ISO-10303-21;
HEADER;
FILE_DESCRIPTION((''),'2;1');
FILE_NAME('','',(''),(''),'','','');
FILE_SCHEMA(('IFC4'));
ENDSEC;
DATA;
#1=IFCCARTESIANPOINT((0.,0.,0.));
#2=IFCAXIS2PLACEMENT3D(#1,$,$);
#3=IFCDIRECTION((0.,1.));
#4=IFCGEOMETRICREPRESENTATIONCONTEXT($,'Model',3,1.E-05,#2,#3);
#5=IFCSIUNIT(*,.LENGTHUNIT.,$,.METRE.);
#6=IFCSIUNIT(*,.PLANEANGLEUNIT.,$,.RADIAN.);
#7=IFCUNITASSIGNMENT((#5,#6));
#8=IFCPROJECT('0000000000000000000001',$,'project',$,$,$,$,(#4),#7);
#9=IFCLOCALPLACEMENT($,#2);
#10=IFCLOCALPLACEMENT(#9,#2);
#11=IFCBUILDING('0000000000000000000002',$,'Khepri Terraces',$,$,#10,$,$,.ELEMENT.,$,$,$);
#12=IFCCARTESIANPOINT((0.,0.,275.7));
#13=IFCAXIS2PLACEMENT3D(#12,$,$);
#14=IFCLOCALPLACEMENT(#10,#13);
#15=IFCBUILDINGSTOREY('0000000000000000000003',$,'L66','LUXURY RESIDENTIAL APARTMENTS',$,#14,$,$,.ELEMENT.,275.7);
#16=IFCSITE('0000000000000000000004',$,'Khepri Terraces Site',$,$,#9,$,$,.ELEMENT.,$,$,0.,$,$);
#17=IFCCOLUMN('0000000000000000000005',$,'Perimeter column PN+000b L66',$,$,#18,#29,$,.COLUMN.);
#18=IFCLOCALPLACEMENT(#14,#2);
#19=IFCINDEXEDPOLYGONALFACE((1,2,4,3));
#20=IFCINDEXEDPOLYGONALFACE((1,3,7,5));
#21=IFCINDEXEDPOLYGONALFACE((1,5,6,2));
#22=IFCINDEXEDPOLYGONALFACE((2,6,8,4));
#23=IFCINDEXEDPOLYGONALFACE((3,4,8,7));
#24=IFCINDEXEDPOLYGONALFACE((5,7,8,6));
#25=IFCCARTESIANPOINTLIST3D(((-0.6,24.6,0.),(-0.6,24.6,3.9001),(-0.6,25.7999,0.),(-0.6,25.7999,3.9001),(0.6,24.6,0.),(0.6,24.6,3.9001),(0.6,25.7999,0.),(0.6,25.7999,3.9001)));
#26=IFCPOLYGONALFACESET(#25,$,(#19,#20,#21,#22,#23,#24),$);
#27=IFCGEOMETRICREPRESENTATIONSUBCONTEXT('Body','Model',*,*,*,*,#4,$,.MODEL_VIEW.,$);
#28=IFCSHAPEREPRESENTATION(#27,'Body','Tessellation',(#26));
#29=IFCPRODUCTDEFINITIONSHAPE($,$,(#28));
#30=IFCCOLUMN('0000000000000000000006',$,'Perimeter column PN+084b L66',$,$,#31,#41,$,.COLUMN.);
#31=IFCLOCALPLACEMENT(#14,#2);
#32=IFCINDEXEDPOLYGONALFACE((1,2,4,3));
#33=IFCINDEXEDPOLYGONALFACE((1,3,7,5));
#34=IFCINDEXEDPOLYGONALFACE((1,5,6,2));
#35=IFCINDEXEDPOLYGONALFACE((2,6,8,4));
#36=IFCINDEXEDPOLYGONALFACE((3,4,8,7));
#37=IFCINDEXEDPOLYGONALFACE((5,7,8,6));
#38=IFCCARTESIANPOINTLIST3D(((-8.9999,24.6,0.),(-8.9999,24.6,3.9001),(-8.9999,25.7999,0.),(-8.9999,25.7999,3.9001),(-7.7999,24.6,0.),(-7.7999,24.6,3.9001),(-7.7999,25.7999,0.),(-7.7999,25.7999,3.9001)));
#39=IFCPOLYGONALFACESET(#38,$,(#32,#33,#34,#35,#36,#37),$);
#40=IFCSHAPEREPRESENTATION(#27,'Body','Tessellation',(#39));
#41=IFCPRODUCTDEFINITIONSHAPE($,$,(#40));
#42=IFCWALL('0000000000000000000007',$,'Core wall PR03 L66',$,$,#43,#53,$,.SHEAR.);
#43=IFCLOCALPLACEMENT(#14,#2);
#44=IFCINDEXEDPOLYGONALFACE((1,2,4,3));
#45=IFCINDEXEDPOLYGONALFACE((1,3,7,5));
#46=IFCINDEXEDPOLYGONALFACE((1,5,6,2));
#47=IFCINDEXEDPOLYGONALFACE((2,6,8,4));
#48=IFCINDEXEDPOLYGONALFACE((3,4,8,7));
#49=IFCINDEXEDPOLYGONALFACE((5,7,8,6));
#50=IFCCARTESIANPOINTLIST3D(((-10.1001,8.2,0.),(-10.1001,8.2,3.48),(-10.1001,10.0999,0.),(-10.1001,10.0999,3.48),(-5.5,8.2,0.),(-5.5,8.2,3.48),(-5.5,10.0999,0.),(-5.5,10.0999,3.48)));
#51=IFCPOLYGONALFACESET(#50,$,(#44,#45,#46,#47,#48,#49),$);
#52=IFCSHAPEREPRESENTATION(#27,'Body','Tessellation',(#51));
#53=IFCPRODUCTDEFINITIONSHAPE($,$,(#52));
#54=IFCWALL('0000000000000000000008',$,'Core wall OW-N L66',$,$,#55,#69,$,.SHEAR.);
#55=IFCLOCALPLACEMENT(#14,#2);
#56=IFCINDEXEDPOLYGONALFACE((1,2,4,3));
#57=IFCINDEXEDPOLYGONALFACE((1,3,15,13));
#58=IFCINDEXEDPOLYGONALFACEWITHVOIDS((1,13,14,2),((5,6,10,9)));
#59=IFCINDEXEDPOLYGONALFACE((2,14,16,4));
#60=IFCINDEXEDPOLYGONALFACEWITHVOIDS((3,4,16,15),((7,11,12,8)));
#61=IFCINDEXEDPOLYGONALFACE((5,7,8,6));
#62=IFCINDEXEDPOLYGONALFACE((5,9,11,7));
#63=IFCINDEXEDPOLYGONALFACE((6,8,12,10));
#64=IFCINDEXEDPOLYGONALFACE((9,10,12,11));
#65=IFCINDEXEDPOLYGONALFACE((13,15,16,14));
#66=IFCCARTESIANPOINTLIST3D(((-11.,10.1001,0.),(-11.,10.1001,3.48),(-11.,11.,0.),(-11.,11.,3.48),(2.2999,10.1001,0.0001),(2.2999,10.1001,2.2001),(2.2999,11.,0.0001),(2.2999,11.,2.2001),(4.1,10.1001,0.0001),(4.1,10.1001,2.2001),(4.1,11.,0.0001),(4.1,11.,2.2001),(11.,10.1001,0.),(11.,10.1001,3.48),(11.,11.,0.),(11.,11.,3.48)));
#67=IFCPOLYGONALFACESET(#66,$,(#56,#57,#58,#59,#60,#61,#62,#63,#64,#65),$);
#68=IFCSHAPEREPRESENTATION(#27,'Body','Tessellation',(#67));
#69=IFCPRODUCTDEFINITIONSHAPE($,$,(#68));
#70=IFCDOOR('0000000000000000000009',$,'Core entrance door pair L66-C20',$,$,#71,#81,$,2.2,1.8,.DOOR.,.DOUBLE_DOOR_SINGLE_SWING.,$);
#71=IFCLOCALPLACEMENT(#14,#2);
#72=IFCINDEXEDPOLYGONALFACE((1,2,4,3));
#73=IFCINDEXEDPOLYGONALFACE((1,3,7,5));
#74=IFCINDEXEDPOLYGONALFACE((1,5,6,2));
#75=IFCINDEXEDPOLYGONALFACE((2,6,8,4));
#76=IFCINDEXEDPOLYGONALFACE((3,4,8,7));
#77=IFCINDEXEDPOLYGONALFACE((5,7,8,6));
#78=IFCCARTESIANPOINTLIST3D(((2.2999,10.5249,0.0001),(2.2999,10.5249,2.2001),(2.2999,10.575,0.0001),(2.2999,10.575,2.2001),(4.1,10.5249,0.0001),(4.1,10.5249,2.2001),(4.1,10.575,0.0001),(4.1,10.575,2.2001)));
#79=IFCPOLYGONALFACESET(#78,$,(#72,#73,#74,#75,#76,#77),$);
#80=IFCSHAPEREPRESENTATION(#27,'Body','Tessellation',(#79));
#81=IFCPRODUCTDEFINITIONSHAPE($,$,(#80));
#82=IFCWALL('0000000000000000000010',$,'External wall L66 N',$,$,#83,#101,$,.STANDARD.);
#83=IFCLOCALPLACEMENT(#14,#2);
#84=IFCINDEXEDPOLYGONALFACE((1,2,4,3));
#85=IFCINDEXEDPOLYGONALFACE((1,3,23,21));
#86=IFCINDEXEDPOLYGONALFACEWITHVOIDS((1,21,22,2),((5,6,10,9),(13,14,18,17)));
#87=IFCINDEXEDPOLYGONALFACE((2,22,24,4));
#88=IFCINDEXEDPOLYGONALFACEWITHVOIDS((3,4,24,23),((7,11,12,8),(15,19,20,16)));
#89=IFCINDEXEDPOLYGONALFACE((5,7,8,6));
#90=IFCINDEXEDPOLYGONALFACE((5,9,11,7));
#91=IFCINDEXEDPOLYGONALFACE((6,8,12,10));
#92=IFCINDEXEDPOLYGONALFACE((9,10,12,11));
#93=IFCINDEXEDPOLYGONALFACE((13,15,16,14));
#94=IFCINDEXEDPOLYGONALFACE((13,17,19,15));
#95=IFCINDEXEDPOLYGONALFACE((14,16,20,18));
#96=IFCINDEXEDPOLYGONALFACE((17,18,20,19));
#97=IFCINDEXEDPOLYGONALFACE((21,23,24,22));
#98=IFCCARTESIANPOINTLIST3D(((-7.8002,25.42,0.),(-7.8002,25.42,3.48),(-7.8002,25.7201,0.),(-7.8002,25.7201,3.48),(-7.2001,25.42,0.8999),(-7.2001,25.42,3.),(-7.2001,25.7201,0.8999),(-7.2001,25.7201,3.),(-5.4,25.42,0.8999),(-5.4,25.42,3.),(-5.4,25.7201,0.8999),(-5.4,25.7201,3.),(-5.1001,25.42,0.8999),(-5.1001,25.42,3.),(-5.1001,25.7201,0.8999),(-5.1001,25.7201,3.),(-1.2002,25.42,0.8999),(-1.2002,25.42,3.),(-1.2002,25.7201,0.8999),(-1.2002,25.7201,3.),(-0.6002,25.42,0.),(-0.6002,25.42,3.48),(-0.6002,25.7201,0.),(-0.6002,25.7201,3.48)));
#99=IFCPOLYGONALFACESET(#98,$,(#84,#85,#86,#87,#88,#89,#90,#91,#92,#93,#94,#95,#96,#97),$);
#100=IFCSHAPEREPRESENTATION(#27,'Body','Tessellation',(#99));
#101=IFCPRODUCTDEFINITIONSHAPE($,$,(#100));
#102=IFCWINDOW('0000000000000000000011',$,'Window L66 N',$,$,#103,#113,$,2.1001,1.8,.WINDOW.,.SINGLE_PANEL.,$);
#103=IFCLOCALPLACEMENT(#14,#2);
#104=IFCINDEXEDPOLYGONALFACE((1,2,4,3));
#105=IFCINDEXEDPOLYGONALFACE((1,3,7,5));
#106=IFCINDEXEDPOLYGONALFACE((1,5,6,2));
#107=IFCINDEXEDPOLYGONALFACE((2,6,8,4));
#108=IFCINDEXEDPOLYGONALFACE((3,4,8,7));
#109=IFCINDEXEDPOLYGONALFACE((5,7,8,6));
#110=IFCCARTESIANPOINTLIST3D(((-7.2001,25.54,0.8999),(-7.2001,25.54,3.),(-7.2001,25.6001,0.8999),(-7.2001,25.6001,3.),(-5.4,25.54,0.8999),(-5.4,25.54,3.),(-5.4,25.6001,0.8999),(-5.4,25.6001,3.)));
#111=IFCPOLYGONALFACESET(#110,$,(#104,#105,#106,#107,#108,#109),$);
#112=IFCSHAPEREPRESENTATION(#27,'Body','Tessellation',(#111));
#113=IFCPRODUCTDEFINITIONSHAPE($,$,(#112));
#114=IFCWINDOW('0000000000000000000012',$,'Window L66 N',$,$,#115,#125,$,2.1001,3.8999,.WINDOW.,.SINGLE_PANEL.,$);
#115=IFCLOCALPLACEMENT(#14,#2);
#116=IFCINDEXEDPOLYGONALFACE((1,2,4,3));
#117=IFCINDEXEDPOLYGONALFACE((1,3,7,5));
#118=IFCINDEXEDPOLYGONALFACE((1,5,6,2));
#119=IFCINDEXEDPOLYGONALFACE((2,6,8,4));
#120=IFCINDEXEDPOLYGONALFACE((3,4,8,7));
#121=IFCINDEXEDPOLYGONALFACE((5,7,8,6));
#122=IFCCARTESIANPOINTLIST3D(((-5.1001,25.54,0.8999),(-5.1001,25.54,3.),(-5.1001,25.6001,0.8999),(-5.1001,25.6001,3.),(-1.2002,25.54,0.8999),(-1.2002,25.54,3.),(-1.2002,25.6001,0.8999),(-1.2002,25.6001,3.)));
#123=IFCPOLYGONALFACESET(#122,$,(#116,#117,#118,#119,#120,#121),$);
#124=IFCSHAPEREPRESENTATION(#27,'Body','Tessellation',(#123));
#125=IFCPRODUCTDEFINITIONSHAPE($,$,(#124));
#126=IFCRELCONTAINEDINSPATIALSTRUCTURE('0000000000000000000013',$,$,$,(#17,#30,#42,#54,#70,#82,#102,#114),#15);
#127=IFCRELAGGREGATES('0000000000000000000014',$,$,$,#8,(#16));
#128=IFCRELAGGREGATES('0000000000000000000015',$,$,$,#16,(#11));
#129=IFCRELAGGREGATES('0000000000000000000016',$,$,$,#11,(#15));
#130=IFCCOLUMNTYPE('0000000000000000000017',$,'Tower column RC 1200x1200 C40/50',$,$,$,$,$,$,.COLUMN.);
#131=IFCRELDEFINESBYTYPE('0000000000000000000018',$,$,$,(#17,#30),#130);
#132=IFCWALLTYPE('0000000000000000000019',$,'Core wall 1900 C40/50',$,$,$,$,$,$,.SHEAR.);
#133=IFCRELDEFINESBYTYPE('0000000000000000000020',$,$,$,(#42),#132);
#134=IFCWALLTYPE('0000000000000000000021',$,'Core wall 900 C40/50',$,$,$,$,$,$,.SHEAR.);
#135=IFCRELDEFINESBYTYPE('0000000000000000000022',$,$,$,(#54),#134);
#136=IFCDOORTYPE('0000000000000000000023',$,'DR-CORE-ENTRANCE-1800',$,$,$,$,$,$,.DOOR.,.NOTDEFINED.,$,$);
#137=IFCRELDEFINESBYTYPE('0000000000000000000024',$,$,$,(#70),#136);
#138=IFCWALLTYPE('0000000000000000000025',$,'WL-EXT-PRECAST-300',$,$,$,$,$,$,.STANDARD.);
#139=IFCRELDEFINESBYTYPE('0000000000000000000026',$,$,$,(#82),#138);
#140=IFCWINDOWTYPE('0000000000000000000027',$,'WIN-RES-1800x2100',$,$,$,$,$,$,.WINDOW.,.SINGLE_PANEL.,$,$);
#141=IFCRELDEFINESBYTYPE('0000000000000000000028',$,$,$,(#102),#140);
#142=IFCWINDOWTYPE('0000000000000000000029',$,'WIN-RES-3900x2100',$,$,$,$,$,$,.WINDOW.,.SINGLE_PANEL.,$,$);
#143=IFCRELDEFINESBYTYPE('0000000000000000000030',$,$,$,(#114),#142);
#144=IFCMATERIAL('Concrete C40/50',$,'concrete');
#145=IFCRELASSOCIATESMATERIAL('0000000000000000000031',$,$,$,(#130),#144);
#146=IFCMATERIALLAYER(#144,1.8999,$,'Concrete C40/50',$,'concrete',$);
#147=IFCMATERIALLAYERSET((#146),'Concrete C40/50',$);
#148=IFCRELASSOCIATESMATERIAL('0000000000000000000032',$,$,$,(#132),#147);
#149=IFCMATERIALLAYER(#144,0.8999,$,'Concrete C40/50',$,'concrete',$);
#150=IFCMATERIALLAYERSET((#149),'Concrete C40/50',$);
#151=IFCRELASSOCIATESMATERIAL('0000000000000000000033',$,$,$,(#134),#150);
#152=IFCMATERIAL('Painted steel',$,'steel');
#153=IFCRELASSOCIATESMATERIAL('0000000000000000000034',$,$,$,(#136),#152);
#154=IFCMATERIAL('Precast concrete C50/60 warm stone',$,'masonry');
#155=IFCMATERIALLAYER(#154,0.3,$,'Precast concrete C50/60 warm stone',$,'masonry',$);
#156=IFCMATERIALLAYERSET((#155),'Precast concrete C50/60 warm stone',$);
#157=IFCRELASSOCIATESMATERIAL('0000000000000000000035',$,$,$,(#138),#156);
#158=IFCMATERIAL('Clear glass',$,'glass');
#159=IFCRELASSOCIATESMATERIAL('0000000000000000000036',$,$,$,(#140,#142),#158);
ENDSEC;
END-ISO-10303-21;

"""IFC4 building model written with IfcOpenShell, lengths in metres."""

from ifc_helpers import new_model, si_unit, direction, frame, frame_2d, origin, origin_2d, place, context, subcontext, project, spatial, rectangle, extrude, material, layer, layer_set, material_profile, profile_set, type_object, element, fill, save


model = new_model("IFC4")

# Units and contexts
model_context = context("Model", 3, precision=1e-05, world=origin(), true_north=direction((0.0, 1.0)))
body_context = subcontext(model_context, "Body", "Model", "MODEL_VIEW")
ifc_project = project(units=[si_unit("LENGTHUNIT", "METRE"), si_unit("PLANEANGLEUNIT", "RADIAN")], contexts=[model_context])

# Site, building, storey
site_placement = place(None, origin())
site = spatial("IfcSite", under=ifc_project, at=site_placement, Name="Khepri Terraces Site", CompositionType="ELEMENT", RefElevation=0.0)
building_placement = place(site_placement, origin())
building = spatial("IfcBuilding", under=site, at=building_placement, Name="Khepri Terraces", CompositionType="ELEMENT")
storey_placement = place(building_placement, frame((0.0, 0.0, 275.7)))
storey = spatial("IfcBuildingStorey", under=building, at=storey_placement, Name="L66", Description="LUXURY RESIDENTIAL APARTMENTS", CompositionType="ELEMENT", Elevation=275.7)

# Columns
ifc_material_1 = material(Name="Concrete C40/50", Category="concrete")
ifc_material_profile = material_profile(ifc_material_1, rectangle(XDim=1.2, YDim=1.2, at=origin_2d()), Name="Concrete C40/50", Category="concrete")
ifc_profile_set = profile_set([ifc_material_profile], Name="Concrete C40/50")
column_type = type_object("IfcColumnType", Name="Tower column RC 1200x1200 C40/50", PredefinedType="COLUMN", material=ifc_profile_set)
for number, where, z_axis, x_axis, name in (
    (1, (0.0, 25.2, 0.0), (0.0, 0.0, 1.0), (1.0, 0.0, 0.0), "Perimeter column PN+000b L66"),
    (2, (-8.3999, 25.2, 0.0), (0.0, 0.0, 1.0), (1.0, 0.0, 0.0), "Perimeter column PN+084b L66"),
):
    element("IfcColumn", number, at=place(storey_placement, frame(where, z_axis=z_axis, x_axis=x_axis)), inside=storey, type_object=column_type, Name=name, PredefinedType="COLUMN", context=body_context, shape_type="SweptSolid", body=[
        extrude(rectangle(XDim=1.2, YDim=1.2, at=origin_2d()), origin(), (0.0, 0.0, 1.0), 3.9001),
    ])

# Wall
ifc_layer_1 = layer(ifc_material_1, 1.8999, Name="Concrete C40/50", Category="concrete")
ifc_layer_set_1 = layer_set([ifc_layer_1], Name="Concrete C40/50")
wall_type_1 = type_object("IfcWallType", Name="Core wall 1900 C40/50", PredefinedType="SHEAR", material=ifc_layer_set_1)
wall_1_placement = place(storey_placement, frame((-10.1001, 9.1499, 0.0), z_axis=(0.0, 0.0, 1.0), x_axis=(1.0, 0.0, 0.0)))
element("IfcWall", 3, at=wall_1_placement, inside=storey, type_object=wall_type_1, Name="Core wall PR03 L66", PredefinedType="SHEAR", context=body_context, shape_type="SweptSolid", body=[
    extrude(rectangle(XDim=4.6001, YDim=1.8999, at=frame_2d((2.3, 0.0))), origin(), (0.0, 0.0, 1.0), 3.48),
])

# Wall, opening, door
ifc_layer_2 = layer(ifc_material_1, 0.8999, Name="Concrete C40/50", Category="concrete")
ifc_layer_set_2 = layer_set([ifc_layer_2], Name="Concrete C40/50")
wall_type_2 = type_object("IfcWallType", Name="Core wall 900 C40/50", PredefinedType="SHEAR", material=ifc_layer_set_2)
wall_2_placement = place(storey_placement, frame((-11.0, 10.55, 0.0), z_axis=(0.0, 0.0, 1.0), x_axis=(1.0, 0.0, 0.0)))
wall_2 = element("IfcWall", 4, at=wall_2_placement, inside=storey, type_object=wall_type_2, Name="Core wall OW-N L66", PredefinedType="SHEAR", context=body_context, shape_type="SweptSolid", body=[
    extrude(rectangle(XDim=22.0, YDim=0.8999, at=frame_2d((11.0, 0.0))), origin(), (0.0, 0.0, 1.0), 3.48),
])
opening_1_placement = place(wall_2_placement, frame((13.3, 0.0, 0.0)))
opening_1 = element("IfcOpeningElement", 5, at=opening_1_placement, cuts=wall_2, PredefinedType="OPENING", context=body_context, shape_type="SweptSolid", body=[
    extrude(rectangle(XDim=1.8, YDim=2.2, at=frame_2d((0.8999, 1.1001))), frame((0.0, 0.46, 0.0), z_axis=(0.0, -1.0, 0.0), x_axis=(1.0, 0.0, 0.0)), (0.0, 0.0, 1.0), 0.9199),
])
ifc_material_2 = material(Name="Painted steel", Category="steel")
door_type_1 = type_object("IfcDoorType", Name="DR-CORE-ENTRANCE-1800", OperationType="NOTDEFINED", PredefinedType="DOOR", material=ifc_material_2)
door_1_placement = place(opening_1_placement, origin())
door_1 = element("IfcDoor", 6, at=door_1_placement, inside=storey, type_object=door_type_1, Name="Core entrance door pair L66-C20", OperationType="DOUBLE_DOOR_SINGLE_SWING", OverallHeight=2.2, OverallWidth=1.8, PredefinedType="DOOR", context=body_context, shape_type="SweptSolid", body=[
    extrude(rectangle(XDim=1.8, YDim=2.2, at=frame_2d((0.8999, 1.1001))), frame((0.0, 0.0249, 0.0), z_axis=(0.0, -1.0, 0.0), x_axis=(1.0, 0.0, 0.0)), (0.0, 0.0, 1.0), 0.05),
])
fill(opening_1, door_1)

# Wall, openings, windows
ifc_material_3 = material(Name="Precast concrete C50/60 warm stone", Category="masonry")
ifc_layer_3 = layer(ifc_material_3, 0.3, Name="Precast concrete C50/60 warm stone", Category="masonry")
ifc_layer_set_3 = layer_set([ifc_layer_3], Name="Precast concrete C50/60 warm stone")
wall_type_3 = type_object("IfcWallType", Name="WL-EXT-PRECAST-300", PredefinedType="STANDARD", material=ifc_layer_set_3)
wall_3_placement = place(storey_placement, frame((-0.6001, 25.5701, 0.0), z_axis=(0.0, 0.0, 1.0), x_axis=(-1.0, 0.0, 0.0)))
wall_3 = element("IfcWall", 7, at=wall_3_placement, inside=storey, type_object=wall_type_3, Name="External wall L66 N", PredefinedType="STANDARD", context=body_context, shape_type="SweptSolid", body=[
    extrude(rectangle(XDim=7.2, YDim=0.3, at=frame_2d((3.6001, 0.0))), origin(), (0.0, 0.0, 1.0), 3.48),
])
opening_2_placement = place(wall_3_placement, frame((0.6001, 0.0, 0.8999)))
opening_2 = element("IfcOpeningElement", 8, at=opening_2_placement, cuts=wall_3, PredefinedType="OPENING", context=body_context, shape_type="SweptSolid", body=[
    extrude(rectangle(XDim=3.8999, YDim=2.1001, at=frame_2d((1.95, 1.05))), frame((0.0, 0.1602, 0.0), z_axis=(0.0, -1.0, 0.0), x_axis=(1.0, 0.0, 0.0)), (0.0, 0.0, 1.0), 0.3201),
])
opening_3_placement = place(wall_3_placement, frame((4.8, 0.0, 0.8999)))
opening_3 = element("IfcOpeningElement", 9, at=opening_3_placement, cuts=wall_3, PredefinedType="OPENING", context=body_context, shape_type="SweptSolid", body=[
    extrude(rectangle(XDim=1.8, YDim=2.1001, at=frame_2d((0.8999, 1.05))), frame((0.0, 0.1602, 0.0), z_axis=(0.0, -1.0, 0.0), x_axis=(1.0, 0.0, 0.0)), (0.0, 0.0, 1.0), 0.3201),
])
ifc_material_4 = material(Name="Clear glass", Category="glass")
window_type_1 = type_object("IfcWindowType", Name="WIN-RES-1800x2100", PartitioningType="SINGLE_PANEL", PredefinedType="WINDOW", material=ifc_material_4)
window_1_placement = place(opening_3_placement, origin())
window_1 = element("IfcWindow", 10, at=window_1_placement, inside=storey, type_object=window_type_1, Name="Window L66 N", OverallHeight=2.1001, OverallWidth=1.8, PartitioningType="SINGLE_PANEL", PredefinedType="WINDOW", context=body_context, shape_type="SweptSolid", body=[
    extrude(rectangle(XDim=1.8, YDim=2.1001, at=frame_2d((0.8999, 1.05))), frame((0.0, 0.03, 0.0), z_axis=(0.0, -1.0, 0.0), x_axis=(1.0, 0.0, 0.0)), (0.0, 0.0, 1.0), 0.0601),
])
fill(opening_3, window_1)
window_type_2 = type_object("IfcWindowType", Name="WIN-RES-3900x2100", PartitioningType="SINGLE_PANEL", PredefinedType="WINDOW", material=ifc_material_4)
window_2_placement = place(opening_2_placement, origin())
window_2 = element("IfcWindow", 11, at=window_2_placement, inside=storey, type_object=window_type_2, Name="Window L66 N", OverallHeight=2.1001, OverallWidth=3.8999, PartitioningType="SINGLE_PANEL", PredefinedType="WINDOW", context=body_context, shape_type="SweptSolid", body=[
    extrude(rectangle(XDim=3.8999, YDim=2.1001, at=frame_2d((1.95, 1.05))), frame((0.0, 0.03, 0.0), z_axis=(0.0, -1.0, 0.0), x_axis=(1.0, 0.0, 0.0)), (0.0, 0.0, 1.0), 0.0601),
])
fill(opening_2, window_2)

save(model, "model.ifc")
